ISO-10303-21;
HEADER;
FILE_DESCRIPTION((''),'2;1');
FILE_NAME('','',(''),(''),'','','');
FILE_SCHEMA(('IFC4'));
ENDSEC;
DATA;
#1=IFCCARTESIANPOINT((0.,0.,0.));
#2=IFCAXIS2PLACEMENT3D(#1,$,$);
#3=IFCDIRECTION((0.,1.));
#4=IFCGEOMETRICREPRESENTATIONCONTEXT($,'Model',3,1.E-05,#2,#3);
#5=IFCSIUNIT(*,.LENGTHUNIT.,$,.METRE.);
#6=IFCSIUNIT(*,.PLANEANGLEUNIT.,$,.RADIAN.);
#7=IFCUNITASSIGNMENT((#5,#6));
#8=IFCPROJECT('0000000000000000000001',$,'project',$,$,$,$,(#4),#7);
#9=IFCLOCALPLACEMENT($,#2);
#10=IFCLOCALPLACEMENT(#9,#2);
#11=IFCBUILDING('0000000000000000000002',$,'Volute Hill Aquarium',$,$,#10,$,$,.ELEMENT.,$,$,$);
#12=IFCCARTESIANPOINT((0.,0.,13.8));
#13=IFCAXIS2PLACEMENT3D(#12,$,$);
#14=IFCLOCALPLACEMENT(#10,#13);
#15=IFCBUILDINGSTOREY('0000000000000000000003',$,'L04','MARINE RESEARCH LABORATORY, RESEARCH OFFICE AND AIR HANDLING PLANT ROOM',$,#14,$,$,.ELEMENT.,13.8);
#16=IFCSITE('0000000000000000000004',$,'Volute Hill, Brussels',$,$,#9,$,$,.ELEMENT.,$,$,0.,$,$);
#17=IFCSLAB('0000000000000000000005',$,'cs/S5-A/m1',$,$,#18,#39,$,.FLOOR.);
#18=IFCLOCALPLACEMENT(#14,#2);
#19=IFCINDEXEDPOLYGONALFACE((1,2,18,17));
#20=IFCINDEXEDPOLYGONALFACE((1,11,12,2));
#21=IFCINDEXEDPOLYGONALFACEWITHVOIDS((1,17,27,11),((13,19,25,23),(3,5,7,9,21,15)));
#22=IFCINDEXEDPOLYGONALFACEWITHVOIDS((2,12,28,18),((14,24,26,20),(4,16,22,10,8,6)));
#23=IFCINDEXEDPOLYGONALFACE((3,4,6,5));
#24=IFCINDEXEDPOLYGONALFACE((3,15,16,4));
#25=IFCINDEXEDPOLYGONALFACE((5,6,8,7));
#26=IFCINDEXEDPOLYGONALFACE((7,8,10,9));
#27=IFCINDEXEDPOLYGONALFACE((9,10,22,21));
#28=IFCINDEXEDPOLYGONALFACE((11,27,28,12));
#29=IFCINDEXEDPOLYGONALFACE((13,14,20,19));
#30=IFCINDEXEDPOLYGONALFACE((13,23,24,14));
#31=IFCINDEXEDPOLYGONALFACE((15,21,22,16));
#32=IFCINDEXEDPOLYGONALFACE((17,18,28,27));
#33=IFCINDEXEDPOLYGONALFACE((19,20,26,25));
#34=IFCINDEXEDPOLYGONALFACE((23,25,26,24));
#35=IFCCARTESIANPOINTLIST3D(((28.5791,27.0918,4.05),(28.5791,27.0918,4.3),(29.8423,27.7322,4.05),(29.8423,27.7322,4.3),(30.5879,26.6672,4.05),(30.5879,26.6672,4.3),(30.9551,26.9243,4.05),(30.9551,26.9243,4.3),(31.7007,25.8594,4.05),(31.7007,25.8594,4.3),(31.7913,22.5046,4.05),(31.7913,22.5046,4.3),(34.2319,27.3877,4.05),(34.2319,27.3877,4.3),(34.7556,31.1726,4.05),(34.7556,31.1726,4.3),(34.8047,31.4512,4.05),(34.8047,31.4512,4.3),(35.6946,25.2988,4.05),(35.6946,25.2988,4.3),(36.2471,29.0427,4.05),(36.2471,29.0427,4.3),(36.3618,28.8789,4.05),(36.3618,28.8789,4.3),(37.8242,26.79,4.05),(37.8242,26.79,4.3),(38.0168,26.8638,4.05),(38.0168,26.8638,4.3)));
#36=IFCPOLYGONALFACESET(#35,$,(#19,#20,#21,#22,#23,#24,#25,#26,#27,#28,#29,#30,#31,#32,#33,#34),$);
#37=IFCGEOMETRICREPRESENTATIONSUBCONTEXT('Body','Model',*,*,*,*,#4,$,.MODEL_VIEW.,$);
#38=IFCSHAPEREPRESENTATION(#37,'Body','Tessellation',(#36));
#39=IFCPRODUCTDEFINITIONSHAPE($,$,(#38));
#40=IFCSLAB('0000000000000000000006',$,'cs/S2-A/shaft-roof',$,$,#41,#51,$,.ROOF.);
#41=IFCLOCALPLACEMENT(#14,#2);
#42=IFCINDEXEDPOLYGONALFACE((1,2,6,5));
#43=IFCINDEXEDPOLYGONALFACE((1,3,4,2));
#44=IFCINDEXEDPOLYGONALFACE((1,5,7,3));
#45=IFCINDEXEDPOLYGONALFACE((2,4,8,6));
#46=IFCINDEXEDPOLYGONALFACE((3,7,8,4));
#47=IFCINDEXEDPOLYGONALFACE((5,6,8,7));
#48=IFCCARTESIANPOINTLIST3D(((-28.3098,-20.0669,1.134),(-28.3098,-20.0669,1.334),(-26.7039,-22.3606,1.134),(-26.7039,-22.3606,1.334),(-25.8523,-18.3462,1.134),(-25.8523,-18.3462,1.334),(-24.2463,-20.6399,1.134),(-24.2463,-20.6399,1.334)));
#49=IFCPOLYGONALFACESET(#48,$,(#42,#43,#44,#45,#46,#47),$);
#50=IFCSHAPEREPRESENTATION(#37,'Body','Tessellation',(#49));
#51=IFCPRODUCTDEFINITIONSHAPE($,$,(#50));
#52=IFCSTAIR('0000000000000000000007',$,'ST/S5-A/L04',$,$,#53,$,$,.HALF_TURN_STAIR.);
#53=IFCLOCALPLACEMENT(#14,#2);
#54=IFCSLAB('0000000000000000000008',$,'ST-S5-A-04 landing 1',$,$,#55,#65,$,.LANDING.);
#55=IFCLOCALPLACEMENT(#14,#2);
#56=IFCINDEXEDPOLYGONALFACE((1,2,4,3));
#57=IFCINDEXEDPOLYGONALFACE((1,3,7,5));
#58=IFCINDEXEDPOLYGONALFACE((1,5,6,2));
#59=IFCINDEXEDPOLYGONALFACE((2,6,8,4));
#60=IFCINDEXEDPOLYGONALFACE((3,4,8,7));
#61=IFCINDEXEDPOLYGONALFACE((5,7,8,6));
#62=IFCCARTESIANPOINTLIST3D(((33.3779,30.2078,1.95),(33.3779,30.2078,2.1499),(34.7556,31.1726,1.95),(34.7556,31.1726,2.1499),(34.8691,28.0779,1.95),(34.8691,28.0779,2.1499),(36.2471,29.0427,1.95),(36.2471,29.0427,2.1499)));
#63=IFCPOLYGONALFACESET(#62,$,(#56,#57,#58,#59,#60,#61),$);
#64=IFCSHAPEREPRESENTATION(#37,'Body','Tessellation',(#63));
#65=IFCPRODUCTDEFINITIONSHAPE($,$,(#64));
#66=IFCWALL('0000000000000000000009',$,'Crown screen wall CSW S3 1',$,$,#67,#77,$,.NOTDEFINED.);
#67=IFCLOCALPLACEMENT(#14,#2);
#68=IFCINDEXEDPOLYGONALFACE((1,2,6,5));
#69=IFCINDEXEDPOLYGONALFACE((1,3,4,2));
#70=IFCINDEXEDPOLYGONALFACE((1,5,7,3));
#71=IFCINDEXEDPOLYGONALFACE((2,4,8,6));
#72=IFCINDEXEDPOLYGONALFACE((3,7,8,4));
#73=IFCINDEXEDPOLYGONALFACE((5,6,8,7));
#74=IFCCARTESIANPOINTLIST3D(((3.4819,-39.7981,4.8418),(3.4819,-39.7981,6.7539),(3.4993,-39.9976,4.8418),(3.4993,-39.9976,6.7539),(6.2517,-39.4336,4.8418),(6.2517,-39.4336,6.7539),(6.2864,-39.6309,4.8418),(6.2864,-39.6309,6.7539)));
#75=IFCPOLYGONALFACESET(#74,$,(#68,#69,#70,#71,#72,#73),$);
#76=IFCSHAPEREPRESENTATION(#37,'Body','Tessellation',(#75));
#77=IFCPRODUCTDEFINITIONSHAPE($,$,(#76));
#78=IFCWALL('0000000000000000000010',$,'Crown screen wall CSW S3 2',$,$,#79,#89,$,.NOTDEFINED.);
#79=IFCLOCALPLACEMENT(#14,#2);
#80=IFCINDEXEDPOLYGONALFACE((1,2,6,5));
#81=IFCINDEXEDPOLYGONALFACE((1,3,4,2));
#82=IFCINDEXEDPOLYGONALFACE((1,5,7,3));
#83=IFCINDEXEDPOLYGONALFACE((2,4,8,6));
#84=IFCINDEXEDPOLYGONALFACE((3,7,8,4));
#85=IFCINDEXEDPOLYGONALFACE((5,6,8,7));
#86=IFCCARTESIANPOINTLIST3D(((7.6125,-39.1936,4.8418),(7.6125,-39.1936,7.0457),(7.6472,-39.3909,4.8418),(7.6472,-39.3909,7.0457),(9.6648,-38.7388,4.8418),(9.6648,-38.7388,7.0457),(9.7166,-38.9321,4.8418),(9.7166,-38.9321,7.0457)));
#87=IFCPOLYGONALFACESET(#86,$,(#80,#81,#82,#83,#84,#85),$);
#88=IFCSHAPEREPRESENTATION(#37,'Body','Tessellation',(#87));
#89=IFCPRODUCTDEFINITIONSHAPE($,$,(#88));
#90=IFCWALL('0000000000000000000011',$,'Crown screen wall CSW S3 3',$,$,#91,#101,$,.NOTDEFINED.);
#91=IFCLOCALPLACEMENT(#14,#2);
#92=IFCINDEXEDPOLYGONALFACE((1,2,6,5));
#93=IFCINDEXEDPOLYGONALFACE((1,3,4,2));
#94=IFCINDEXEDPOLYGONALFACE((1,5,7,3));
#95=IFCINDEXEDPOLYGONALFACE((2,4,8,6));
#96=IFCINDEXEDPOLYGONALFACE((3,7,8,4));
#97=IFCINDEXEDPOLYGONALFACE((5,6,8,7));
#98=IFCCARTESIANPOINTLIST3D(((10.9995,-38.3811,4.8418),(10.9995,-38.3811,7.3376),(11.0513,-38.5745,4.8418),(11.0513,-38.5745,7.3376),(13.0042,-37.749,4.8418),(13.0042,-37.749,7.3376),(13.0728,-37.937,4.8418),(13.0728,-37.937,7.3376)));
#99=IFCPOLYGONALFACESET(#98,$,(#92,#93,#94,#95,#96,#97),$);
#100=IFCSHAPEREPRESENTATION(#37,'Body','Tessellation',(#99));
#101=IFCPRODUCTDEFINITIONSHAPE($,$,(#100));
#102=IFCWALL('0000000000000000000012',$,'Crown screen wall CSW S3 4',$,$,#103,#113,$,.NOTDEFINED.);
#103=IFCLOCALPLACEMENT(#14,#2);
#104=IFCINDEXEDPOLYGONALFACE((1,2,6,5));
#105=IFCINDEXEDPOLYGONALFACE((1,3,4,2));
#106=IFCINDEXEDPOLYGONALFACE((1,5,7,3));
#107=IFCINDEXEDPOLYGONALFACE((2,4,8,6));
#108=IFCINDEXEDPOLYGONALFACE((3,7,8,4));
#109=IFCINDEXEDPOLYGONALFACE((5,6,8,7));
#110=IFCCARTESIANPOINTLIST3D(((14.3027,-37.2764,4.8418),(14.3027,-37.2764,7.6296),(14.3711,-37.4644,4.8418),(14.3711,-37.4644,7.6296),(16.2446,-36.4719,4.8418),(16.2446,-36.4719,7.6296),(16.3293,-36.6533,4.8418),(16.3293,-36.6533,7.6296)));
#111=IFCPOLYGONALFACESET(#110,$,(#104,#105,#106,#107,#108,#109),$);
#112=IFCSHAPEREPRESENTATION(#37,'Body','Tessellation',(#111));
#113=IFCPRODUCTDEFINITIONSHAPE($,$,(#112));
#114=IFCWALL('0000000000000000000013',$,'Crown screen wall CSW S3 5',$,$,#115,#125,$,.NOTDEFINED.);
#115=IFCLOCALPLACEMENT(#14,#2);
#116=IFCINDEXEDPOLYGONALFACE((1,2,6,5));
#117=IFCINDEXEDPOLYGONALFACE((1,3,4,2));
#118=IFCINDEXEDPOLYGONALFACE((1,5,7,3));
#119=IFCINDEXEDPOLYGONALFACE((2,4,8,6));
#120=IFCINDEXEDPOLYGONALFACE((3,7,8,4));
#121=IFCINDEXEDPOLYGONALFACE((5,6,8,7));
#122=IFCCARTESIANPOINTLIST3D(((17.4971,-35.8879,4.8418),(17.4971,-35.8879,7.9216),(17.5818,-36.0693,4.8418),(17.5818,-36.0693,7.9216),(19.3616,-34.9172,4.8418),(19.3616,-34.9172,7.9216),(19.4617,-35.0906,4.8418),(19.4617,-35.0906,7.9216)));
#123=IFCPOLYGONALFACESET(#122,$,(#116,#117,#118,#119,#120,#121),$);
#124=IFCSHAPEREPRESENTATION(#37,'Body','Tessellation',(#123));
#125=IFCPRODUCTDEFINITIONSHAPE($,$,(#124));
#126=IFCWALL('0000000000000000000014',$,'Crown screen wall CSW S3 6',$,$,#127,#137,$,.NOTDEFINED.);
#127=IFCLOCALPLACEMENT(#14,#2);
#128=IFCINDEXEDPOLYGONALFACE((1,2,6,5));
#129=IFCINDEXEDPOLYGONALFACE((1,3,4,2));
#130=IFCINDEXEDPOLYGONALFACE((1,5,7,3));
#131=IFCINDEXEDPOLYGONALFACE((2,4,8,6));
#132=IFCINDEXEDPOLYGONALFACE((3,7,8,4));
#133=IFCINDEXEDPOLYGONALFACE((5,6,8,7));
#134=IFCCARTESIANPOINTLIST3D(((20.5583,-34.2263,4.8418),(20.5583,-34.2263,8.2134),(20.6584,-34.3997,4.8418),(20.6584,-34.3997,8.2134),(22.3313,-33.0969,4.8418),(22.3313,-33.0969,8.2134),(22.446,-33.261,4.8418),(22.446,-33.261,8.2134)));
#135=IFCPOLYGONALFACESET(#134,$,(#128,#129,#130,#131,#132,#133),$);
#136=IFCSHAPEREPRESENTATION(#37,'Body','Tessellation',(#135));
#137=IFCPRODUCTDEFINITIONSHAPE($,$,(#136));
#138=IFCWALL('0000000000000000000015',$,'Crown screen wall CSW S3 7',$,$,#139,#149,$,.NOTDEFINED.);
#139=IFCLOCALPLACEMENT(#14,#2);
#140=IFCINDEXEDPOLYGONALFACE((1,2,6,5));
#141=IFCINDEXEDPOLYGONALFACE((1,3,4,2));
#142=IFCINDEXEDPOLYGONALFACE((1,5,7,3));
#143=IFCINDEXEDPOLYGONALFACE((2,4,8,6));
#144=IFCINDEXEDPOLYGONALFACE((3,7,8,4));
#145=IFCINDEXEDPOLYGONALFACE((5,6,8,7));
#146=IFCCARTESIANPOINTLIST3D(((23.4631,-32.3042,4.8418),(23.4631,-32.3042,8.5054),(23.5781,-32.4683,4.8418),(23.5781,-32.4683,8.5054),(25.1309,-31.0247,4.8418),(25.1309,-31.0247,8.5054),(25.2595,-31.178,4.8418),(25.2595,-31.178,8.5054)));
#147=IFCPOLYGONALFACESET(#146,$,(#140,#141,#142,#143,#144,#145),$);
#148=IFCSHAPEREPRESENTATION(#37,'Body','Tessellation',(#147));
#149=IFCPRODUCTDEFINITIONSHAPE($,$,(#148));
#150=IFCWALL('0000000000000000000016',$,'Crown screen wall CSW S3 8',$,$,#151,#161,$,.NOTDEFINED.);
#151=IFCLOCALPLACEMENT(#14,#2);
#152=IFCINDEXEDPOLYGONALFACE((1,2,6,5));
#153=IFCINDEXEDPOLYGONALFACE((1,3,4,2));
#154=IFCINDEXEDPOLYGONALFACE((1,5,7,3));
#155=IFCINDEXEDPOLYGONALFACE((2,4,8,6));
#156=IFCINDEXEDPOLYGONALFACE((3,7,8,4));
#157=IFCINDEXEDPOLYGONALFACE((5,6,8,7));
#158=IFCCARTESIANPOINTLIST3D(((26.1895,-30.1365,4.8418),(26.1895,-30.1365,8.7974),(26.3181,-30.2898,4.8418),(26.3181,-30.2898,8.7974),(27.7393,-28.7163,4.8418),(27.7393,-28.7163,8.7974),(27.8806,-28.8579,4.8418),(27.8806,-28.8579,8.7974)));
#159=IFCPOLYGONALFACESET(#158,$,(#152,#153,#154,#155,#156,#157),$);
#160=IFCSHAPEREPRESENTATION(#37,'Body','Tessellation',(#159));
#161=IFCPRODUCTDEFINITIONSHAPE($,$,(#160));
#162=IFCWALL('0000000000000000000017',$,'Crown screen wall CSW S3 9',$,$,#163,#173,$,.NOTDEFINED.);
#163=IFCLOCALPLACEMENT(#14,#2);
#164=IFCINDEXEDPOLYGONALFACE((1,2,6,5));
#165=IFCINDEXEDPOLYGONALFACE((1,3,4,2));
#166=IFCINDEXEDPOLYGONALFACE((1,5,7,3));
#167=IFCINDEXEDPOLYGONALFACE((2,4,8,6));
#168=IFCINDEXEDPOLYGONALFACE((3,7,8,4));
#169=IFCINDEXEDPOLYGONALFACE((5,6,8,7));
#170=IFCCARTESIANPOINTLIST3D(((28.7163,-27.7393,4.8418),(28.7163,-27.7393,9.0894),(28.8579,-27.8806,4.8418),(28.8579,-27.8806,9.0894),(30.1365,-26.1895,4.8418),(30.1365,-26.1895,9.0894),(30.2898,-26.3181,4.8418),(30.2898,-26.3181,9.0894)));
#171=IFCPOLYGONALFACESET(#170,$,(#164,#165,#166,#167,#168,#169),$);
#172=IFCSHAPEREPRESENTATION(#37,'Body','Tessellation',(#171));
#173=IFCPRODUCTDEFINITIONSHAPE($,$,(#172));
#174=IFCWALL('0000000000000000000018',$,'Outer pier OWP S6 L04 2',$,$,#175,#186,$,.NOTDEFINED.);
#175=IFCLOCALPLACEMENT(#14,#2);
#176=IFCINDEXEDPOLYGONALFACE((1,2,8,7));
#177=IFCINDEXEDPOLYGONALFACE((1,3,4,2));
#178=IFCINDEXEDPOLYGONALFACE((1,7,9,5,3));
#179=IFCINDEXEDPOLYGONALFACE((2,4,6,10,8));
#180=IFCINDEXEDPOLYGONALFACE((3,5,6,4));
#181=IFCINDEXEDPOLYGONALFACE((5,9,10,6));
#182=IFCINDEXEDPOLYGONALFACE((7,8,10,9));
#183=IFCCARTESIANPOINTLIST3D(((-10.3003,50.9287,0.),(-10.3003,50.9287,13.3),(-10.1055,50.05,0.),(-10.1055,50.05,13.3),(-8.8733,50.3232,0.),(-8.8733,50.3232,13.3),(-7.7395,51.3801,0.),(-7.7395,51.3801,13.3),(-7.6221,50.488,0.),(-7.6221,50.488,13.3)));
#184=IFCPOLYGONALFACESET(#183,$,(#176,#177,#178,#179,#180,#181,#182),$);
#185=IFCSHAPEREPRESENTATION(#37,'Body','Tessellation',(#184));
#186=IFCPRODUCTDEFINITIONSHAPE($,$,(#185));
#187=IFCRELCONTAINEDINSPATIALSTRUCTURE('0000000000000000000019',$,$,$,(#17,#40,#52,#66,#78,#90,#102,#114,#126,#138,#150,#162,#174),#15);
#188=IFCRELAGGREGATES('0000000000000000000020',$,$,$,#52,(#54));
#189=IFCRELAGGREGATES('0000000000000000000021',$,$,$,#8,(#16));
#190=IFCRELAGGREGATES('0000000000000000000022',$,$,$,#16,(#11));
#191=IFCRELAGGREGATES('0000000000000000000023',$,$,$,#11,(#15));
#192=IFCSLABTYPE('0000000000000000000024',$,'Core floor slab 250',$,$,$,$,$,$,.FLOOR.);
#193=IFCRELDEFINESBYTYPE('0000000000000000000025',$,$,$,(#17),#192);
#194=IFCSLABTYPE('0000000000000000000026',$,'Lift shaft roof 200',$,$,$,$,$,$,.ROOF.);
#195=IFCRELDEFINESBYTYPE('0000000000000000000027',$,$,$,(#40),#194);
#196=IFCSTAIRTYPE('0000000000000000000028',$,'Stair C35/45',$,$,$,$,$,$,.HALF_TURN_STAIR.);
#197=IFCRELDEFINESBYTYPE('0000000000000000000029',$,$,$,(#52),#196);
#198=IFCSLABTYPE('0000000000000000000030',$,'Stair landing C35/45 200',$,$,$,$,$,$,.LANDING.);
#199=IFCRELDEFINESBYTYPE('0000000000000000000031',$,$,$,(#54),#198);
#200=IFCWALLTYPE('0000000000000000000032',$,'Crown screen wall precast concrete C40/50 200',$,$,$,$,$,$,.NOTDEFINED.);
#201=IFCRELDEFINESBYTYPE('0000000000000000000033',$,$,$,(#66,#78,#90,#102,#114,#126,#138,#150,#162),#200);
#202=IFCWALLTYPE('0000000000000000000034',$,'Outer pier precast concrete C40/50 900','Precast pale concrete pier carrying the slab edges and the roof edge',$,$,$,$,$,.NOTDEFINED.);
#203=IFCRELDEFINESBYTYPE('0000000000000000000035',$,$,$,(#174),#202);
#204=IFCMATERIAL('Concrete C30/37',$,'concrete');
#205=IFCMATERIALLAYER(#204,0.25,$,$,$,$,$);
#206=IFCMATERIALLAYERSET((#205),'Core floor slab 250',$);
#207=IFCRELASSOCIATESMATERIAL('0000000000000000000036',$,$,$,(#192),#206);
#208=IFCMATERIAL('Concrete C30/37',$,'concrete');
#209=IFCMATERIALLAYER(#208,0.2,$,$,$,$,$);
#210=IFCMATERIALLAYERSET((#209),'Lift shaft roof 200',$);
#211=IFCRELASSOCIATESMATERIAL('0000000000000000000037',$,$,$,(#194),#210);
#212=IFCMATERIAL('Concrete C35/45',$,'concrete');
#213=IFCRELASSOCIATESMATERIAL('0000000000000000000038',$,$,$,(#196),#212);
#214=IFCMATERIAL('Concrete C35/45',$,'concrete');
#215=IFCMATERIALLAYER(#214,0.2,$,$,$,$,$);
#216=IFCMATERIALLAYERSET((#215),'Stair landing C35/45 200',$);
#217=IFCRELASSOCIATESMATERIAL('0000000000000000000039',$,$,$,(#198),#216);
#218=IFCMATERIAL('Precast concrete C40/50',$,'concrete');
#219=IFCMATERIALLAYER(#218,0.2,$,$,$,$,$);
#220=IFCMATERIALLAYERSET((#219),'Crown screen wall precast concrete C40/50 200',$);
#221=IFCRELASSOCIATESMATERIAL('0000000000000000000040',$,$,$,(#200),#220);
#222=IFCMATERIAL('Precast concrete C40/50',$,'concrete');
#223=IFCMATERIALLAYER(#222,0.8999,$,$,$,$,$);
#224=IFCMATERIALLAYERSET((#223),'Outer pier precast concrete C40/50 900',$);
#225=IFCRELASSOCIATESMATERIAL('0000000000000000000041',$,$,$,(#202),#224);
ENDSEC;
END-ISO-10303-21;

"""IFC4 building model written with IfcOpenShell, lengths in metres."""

from ifc_helpers import new_model, si_unit, direction, frame, origin, place, context, subcontext, project, spatial, polyline, outline, extrude, material, layer, layer_set, type_object, element, aggregate, save


model = new_model("IFC4")

# Units and contexts
model_context = context("Model", 3, precision=1e-05, world=origin(), true_north=direction((0.0, 1.0)))
body_context = subcontext(model_context, "Body", "Model", "MODEL_VIEW")
ifc_project = project(units=[si_unit("LENGTHUNIT", "METRE"), si_unit("PLANEANGLEUNIT", "RADIAN")], contexts=[model_context])

# Site, building, storey
site_placement = place(None, origin())
site = spatial("IfcSite", under=ifc_project, at=site_placement, Name="Volute Hill, Brussels", CompositionType="ELEMENT", RefElevation=0.0)
building_placement = place(site_placement, origin())
building = spatial("IfcBuilding", under=site, at=building_placement, Name="Volute Hill Aquarium", CompositionType="ELEMENT")
storey_placement = place(building_placement, frame((0.0, 0.0, 13.8)))
storey = spatial("IfcBuildingStorey", under=building, at=storey_placement, Name="L04", Description="MARINE RESEARCH LABORATORY, RESEARCH OFFICE AND AIR HANDLING PLANT ROOM", CompositionType="ELEMENT", Elevation=13.8)

# Slabs
ifc_material_1 = material(Name="Concrete C30/37", Category="concrete")
ifc_layer_1 = layer(ifc_material_1, 0.25)
ifc_layer_set_1 = layer_set([ifc_layer_1], Name="Core floor slab 250")
slab_type_1 = type_object("IfcSlabType", Name="Core floor slab 250", PredefinedType="FLOOR", material=ifc_layer_set_1)
slab_1_placement = place(storey_placement, frame((0.0, 0.0, 4.05)))
element("IfcSlab", 1, at=slab_1_placement, inside=storey, type_object=slab_type_1, Name="cs/S5-A/m1", PredefinedType="FLOOR", context=body_context, shape_type="SweptSolid", body=[
    extrude(outline(polyline([(31.7913, 22.5046), (38.0168, 26.8638), (34.8047, 31.4512), (28.5791, 27.0918), (31.7913, 22.5046)]), holes=[polyline([(34.2319, 27.3877), (36.3618, 28.8789), (37.8242, 26.79), (35.6946, 25.2988), (34.2319, 27.3877)]), polyline([(30.9551, 26.9243), (30.5879, 26.6672), (29.8423, 27.7322), (34.7556, 31.1726), (36.2471, 29.0427), (31.7007, 25.8594), (30.9551, 26.9243)])]), origin(), (0.0, 0.0, 1.0), 0.25),
])
ifc_material_2 = material(Name="Concrete C30/37", Category="concrete")
ifc_layer_2 = layer(ifc_material_2, 0.2)
ifc_layer_set_2 = layer_set([ifc_layer_2], Name="Lift shaft roof 200")
slab_type_2 = type_object("IfcSlabType", Name="Lift shaft roof 200", PredefinedType="ROOF", material=ifc_layer_set_2)
slab_2_placement = place(storey_placement, frame((0.0, 0.0, 1.134)))
element("IfcSlab", 2, at=slab_2_placement, inside=storey, type_object=slab_type_2, Name="cs/S2-A/shaft-roof", PredefinedType="ROOF", context=body_context, shape_type="SweptSolid", body=[
    extrude(outline(polyline([(-25.8523, -18.3462), (-28.3098, -20.0669), (-26.7039, -22.3606), (-24.2463, -20.6399), (-25.8523, -18.3462)])), origin(), (0.0, 0.0, 1.0), 0.2),
])

# Stair, slab
ifc_material_3 = material(Name="Concrete C35/45", Category="concrete")
stair_type = type_object("IfcStairType", Name="Stair C35/45", PredefinedType="HALF_TURN_STAIR", material=ifc_material_3)
stair_placement = place(storey_placement, origin())
stair = element("IfcStair", 3, at=stair_placement, inside=storey, type_object=stair_type, Name="ST/S5-A/L04", PredefinedType="HALF_TURN_STAIR")
ifc_material_4 = material(Name="Concrete C35/45", Category="concrete")
ifc_layer_3 = layer(ifc_material_4, 0.2)
ifc_layer_set_3 = layer_set([ifc_layer_3], Name="Stair landing C35/45 200")
slab_type_3 = type_object("IfcSlabType", Name="Stair landing C35/45 200", PredefinedType="LANDING", material=ifc_layer_set_3)
slab_3_placement = place(storey_placement, frame((0.0, 0.0, 1.95)))
slab_3 = element("IfcSlab", 4, at=slab_3_placement, type_object=slab_type_3, Name="ST-S5-A-04 landing 1", PredefinedType="LANDING", context=body_context, shape_type="SweptSolid", body=[
    extrude(outline(polyline([(34.8691, 28.0779), (36.2471, 29.0427), (34.7556, 31.1726), (33.3779, 30.2078), (34.8691, 28.0779)])), origin(), (0.0, 0.0, 1.0), 0.2),
])
aggregate(stair, [slab_3])

# Walls
ifc_material_5 = material(Name="Precast concrete C40/50", Category="concrete")
ifc_layer_4 = layer(ifc_material_5, 0.2)
ifc_layer_set_4 = layer_set([ifc_layer_4], Name="Crown screen wall precast concrete C40/50 200")
wall_type_1 = type_object("IfcWallType", Name="Crown screen wall precast concrete C40/50 200", PredefinedType="NOTDEFINED", material=ifc_layer_set_4)
wall_1_placement = place(storey_placement, frame((0.0, 0.0, 4.8418)))
element("IfcWall", 5, at=wall_1_placement, inside=storey, type_object=wall_type_1, Name="Crown screen wall CSW S3 1", PredefinedType="NOTDEFINED", context=body_context, shape_type="SweptSolid", body=[
    extrude(outline(polyline([(3.4993, -39.9976), (6.2864, -39.6309), (6.2517, -39.4336), (3.4819, -39.7981), (3.4993, -39.9976)])), origin(), (0.0, 0.0, 1.0), 1.9121),
])
wall_2_placement = place(storey_placement, frame((0.0, 0.0, 4.8418)))
element("IfcWall", 6, at=wall_2_placement, inside=storey, type_object=wall_type_1, Name="Crown screen wall CSW S3 2", PredefinedType="NOTDEFINED", context=body_context, shape_type="SweptSolid", body=[
    extrude(outline(polyline([(7.6472, -39.3909), (9.7166, -38.9321), (9.6648, -38.7388), (7.6125, -39.1936), (7.6472, -39.3909)])), origin(), (0.0, 0.0, 1.0), 2.2039),
])
wall_3_placement = place(storey_placement, frame((0.0, 0.0, 4.8418)))
element("IfcWall", 7, at=wall_3_placement, inside=storey, type_object=wall_type_1, Name="Crown screen wall CSW S3 3", PredefinedType="NOTDEFINED", context=body_context, shape_type="SweptSolid", body=[
    extrude(outline(polyline([(11.0513, -38.5745), (13.0728, -37.937), (13.0042, -37.749), (10.9995, -38.3811), (11.0513, -38.5745)])), origin(), (0.0, 0.0, 1.0), 2.4958),
])
wall_4_placement = place(storey_placement, frame((0.0, 0.0, 4.8418)))
element("IfcWall", 8, at=wall_4_placement, inside=storey, type_object=wall_type_1, Name="Crown screen wall CSW S3 4", PredefinedType="NOTDEFINED", context=body_context, shape_type="SweptSolid", body=[
    extrude(outline(polyline([(14.3711, -37.4644), (16.3293, -36.6533), (16.2446, -36.4719), (14.3027, -37.2764), (14.3711, -37.4644)])), origin(), (0.0, 0.0, 1.0), 2.7878),
])
wall_5_placement = place(storey_placement, frame((0.0, 0.0, 4.8418)))
element("IfcWall", 9, at=wall_5_placement, inside=storey, type_object=wall_type_1, Name="Crown screen wall CSW S3 5", PredefinedType="NOTDEFINED", context=body_context, shape_type="SweptSolid", body=[
    extrude(outline(polyline([(17.5818, -36.0693), (19.4617, -35.0906), (19.3616, -34.9172), (17.4971, -35.8879), (17.5818, -36.0693)])), origin(), (0.0, 0.0, 1.0), 3.0798),
])
wall_6_placement = place(storey_placement, frame((0.0, 0.0, 4.8418)))
element("IfcWall", 10, at=wall_6_placement, inside=storey, type_object=wall_type_1, Name="Crown screen wall CSW S3 6", PredefinedType="NOTDEFINED", context=body_context, shape_type="SweptSolid", body=[
    extrude(outline(polyline([(20.6584, -34.3997), (22.446, -33.261), (22.3313, -33.0969), (20.5583, -34.2263), (20.6584, -34.3997)])), origin(), (0.0, 0.0, 1.0), 3.3716),
])
wall_7_placement = place(storey_placement, frame((0.0, 0.0, 4.8418)))
element("IfcWall", 11, at=wall_7_placement, inside=storey, type_object=wall_type_1, Name="Crown screen wall CSW S3 7", PredefinedType="NOTDEFINED", context=body_context, shape_type="SweptSolid", body=[
    extrude(outline(polyline([(23.5781, -32.4683), (25.2595, -31.178), (25.1309, -31.0247), (23.4631, -32.3042), (23.5781, -32.4683)])), origin(), (0.0, 0.0, 1.0), 3.6636),
])
wall_8_placement = place(storey_placement, frame((0.0, 0.0, 4.8418)))
element("IfcWall", 12, at=wall_8_placement, inside=storey, type_object=wall_type_1, Name="Crown screen wall CSW S3 8", PredefinedType="NOTDEFINED", context=body_context, shape_type="SweptSolid", body=[
    extrude(outline(polyline([(26.3181, -30.2898), (27.8806, -28.8579), (27.7393, -28.7163), (26.1895, -30.1365), (26.3181, -30.2898)])), origin(), (0.0, 0.0, 1.0), 3.9556),
])
wall_9_placement = place(storey_placement, frame((0.0, 0.0, 4.8418)))
element("IfcWall", 13, at=wall_9_placement, inside=storey, type_object=wall_type_1, Name="Crown screen wall CSW S3 9", PredefinedType="NOTDEFINED", context=body_context, shape_type="SweptSolid", body=[
    extrude(outline(polyline([(28.8579, -27.8806), (30.2898, -26.3181), (30.1365, -26.1895), (28.7163, -27.7393), (28.8579, -27.8806)])), origin(), (0.0, 0.0, 1.0), 4.2476),
])
ifc_material_6 = material(Name="Precast concrete C40/50", Category="concrete")
ifc_layer_5 = layer(ifc_material_6, 0.8999)
ifc_layer_set_5 = layer_set([ifc_layer_5], Name="Outer pier precast concrete C40/50 900")
wall_type_2 = type_object("IfcWallType", Name="Outer pier precast concrete C40/50 900", Description="Precast pale concrete pier carrying the slab edges and the roof edge", PredefinedType="NOTDEFINED", material=ifc_layer_set_5)
wall_10_placement = place(storey_placement, origin())
element("IfcWall", 14, at=wall_10_placement, inside=storey, type_object=wall_type_2, Name="Outer pier OWP S6 L04 2", PredefinedType="NOTDEFINED", context=body_context, shape_type="SweptSolid", body=[
    extrude(outline(polyline([(-7.6221, 50.488), (-7.7395, 51.3801), (-10.3003, 50.9287), (-10.1055, 50.05), (-8.8733, 50.3232), (-7.6221, 50.488)])), origin(), (0.0, 0.0, 1.0), 13.3),
])

save(model, "model.ifc")
